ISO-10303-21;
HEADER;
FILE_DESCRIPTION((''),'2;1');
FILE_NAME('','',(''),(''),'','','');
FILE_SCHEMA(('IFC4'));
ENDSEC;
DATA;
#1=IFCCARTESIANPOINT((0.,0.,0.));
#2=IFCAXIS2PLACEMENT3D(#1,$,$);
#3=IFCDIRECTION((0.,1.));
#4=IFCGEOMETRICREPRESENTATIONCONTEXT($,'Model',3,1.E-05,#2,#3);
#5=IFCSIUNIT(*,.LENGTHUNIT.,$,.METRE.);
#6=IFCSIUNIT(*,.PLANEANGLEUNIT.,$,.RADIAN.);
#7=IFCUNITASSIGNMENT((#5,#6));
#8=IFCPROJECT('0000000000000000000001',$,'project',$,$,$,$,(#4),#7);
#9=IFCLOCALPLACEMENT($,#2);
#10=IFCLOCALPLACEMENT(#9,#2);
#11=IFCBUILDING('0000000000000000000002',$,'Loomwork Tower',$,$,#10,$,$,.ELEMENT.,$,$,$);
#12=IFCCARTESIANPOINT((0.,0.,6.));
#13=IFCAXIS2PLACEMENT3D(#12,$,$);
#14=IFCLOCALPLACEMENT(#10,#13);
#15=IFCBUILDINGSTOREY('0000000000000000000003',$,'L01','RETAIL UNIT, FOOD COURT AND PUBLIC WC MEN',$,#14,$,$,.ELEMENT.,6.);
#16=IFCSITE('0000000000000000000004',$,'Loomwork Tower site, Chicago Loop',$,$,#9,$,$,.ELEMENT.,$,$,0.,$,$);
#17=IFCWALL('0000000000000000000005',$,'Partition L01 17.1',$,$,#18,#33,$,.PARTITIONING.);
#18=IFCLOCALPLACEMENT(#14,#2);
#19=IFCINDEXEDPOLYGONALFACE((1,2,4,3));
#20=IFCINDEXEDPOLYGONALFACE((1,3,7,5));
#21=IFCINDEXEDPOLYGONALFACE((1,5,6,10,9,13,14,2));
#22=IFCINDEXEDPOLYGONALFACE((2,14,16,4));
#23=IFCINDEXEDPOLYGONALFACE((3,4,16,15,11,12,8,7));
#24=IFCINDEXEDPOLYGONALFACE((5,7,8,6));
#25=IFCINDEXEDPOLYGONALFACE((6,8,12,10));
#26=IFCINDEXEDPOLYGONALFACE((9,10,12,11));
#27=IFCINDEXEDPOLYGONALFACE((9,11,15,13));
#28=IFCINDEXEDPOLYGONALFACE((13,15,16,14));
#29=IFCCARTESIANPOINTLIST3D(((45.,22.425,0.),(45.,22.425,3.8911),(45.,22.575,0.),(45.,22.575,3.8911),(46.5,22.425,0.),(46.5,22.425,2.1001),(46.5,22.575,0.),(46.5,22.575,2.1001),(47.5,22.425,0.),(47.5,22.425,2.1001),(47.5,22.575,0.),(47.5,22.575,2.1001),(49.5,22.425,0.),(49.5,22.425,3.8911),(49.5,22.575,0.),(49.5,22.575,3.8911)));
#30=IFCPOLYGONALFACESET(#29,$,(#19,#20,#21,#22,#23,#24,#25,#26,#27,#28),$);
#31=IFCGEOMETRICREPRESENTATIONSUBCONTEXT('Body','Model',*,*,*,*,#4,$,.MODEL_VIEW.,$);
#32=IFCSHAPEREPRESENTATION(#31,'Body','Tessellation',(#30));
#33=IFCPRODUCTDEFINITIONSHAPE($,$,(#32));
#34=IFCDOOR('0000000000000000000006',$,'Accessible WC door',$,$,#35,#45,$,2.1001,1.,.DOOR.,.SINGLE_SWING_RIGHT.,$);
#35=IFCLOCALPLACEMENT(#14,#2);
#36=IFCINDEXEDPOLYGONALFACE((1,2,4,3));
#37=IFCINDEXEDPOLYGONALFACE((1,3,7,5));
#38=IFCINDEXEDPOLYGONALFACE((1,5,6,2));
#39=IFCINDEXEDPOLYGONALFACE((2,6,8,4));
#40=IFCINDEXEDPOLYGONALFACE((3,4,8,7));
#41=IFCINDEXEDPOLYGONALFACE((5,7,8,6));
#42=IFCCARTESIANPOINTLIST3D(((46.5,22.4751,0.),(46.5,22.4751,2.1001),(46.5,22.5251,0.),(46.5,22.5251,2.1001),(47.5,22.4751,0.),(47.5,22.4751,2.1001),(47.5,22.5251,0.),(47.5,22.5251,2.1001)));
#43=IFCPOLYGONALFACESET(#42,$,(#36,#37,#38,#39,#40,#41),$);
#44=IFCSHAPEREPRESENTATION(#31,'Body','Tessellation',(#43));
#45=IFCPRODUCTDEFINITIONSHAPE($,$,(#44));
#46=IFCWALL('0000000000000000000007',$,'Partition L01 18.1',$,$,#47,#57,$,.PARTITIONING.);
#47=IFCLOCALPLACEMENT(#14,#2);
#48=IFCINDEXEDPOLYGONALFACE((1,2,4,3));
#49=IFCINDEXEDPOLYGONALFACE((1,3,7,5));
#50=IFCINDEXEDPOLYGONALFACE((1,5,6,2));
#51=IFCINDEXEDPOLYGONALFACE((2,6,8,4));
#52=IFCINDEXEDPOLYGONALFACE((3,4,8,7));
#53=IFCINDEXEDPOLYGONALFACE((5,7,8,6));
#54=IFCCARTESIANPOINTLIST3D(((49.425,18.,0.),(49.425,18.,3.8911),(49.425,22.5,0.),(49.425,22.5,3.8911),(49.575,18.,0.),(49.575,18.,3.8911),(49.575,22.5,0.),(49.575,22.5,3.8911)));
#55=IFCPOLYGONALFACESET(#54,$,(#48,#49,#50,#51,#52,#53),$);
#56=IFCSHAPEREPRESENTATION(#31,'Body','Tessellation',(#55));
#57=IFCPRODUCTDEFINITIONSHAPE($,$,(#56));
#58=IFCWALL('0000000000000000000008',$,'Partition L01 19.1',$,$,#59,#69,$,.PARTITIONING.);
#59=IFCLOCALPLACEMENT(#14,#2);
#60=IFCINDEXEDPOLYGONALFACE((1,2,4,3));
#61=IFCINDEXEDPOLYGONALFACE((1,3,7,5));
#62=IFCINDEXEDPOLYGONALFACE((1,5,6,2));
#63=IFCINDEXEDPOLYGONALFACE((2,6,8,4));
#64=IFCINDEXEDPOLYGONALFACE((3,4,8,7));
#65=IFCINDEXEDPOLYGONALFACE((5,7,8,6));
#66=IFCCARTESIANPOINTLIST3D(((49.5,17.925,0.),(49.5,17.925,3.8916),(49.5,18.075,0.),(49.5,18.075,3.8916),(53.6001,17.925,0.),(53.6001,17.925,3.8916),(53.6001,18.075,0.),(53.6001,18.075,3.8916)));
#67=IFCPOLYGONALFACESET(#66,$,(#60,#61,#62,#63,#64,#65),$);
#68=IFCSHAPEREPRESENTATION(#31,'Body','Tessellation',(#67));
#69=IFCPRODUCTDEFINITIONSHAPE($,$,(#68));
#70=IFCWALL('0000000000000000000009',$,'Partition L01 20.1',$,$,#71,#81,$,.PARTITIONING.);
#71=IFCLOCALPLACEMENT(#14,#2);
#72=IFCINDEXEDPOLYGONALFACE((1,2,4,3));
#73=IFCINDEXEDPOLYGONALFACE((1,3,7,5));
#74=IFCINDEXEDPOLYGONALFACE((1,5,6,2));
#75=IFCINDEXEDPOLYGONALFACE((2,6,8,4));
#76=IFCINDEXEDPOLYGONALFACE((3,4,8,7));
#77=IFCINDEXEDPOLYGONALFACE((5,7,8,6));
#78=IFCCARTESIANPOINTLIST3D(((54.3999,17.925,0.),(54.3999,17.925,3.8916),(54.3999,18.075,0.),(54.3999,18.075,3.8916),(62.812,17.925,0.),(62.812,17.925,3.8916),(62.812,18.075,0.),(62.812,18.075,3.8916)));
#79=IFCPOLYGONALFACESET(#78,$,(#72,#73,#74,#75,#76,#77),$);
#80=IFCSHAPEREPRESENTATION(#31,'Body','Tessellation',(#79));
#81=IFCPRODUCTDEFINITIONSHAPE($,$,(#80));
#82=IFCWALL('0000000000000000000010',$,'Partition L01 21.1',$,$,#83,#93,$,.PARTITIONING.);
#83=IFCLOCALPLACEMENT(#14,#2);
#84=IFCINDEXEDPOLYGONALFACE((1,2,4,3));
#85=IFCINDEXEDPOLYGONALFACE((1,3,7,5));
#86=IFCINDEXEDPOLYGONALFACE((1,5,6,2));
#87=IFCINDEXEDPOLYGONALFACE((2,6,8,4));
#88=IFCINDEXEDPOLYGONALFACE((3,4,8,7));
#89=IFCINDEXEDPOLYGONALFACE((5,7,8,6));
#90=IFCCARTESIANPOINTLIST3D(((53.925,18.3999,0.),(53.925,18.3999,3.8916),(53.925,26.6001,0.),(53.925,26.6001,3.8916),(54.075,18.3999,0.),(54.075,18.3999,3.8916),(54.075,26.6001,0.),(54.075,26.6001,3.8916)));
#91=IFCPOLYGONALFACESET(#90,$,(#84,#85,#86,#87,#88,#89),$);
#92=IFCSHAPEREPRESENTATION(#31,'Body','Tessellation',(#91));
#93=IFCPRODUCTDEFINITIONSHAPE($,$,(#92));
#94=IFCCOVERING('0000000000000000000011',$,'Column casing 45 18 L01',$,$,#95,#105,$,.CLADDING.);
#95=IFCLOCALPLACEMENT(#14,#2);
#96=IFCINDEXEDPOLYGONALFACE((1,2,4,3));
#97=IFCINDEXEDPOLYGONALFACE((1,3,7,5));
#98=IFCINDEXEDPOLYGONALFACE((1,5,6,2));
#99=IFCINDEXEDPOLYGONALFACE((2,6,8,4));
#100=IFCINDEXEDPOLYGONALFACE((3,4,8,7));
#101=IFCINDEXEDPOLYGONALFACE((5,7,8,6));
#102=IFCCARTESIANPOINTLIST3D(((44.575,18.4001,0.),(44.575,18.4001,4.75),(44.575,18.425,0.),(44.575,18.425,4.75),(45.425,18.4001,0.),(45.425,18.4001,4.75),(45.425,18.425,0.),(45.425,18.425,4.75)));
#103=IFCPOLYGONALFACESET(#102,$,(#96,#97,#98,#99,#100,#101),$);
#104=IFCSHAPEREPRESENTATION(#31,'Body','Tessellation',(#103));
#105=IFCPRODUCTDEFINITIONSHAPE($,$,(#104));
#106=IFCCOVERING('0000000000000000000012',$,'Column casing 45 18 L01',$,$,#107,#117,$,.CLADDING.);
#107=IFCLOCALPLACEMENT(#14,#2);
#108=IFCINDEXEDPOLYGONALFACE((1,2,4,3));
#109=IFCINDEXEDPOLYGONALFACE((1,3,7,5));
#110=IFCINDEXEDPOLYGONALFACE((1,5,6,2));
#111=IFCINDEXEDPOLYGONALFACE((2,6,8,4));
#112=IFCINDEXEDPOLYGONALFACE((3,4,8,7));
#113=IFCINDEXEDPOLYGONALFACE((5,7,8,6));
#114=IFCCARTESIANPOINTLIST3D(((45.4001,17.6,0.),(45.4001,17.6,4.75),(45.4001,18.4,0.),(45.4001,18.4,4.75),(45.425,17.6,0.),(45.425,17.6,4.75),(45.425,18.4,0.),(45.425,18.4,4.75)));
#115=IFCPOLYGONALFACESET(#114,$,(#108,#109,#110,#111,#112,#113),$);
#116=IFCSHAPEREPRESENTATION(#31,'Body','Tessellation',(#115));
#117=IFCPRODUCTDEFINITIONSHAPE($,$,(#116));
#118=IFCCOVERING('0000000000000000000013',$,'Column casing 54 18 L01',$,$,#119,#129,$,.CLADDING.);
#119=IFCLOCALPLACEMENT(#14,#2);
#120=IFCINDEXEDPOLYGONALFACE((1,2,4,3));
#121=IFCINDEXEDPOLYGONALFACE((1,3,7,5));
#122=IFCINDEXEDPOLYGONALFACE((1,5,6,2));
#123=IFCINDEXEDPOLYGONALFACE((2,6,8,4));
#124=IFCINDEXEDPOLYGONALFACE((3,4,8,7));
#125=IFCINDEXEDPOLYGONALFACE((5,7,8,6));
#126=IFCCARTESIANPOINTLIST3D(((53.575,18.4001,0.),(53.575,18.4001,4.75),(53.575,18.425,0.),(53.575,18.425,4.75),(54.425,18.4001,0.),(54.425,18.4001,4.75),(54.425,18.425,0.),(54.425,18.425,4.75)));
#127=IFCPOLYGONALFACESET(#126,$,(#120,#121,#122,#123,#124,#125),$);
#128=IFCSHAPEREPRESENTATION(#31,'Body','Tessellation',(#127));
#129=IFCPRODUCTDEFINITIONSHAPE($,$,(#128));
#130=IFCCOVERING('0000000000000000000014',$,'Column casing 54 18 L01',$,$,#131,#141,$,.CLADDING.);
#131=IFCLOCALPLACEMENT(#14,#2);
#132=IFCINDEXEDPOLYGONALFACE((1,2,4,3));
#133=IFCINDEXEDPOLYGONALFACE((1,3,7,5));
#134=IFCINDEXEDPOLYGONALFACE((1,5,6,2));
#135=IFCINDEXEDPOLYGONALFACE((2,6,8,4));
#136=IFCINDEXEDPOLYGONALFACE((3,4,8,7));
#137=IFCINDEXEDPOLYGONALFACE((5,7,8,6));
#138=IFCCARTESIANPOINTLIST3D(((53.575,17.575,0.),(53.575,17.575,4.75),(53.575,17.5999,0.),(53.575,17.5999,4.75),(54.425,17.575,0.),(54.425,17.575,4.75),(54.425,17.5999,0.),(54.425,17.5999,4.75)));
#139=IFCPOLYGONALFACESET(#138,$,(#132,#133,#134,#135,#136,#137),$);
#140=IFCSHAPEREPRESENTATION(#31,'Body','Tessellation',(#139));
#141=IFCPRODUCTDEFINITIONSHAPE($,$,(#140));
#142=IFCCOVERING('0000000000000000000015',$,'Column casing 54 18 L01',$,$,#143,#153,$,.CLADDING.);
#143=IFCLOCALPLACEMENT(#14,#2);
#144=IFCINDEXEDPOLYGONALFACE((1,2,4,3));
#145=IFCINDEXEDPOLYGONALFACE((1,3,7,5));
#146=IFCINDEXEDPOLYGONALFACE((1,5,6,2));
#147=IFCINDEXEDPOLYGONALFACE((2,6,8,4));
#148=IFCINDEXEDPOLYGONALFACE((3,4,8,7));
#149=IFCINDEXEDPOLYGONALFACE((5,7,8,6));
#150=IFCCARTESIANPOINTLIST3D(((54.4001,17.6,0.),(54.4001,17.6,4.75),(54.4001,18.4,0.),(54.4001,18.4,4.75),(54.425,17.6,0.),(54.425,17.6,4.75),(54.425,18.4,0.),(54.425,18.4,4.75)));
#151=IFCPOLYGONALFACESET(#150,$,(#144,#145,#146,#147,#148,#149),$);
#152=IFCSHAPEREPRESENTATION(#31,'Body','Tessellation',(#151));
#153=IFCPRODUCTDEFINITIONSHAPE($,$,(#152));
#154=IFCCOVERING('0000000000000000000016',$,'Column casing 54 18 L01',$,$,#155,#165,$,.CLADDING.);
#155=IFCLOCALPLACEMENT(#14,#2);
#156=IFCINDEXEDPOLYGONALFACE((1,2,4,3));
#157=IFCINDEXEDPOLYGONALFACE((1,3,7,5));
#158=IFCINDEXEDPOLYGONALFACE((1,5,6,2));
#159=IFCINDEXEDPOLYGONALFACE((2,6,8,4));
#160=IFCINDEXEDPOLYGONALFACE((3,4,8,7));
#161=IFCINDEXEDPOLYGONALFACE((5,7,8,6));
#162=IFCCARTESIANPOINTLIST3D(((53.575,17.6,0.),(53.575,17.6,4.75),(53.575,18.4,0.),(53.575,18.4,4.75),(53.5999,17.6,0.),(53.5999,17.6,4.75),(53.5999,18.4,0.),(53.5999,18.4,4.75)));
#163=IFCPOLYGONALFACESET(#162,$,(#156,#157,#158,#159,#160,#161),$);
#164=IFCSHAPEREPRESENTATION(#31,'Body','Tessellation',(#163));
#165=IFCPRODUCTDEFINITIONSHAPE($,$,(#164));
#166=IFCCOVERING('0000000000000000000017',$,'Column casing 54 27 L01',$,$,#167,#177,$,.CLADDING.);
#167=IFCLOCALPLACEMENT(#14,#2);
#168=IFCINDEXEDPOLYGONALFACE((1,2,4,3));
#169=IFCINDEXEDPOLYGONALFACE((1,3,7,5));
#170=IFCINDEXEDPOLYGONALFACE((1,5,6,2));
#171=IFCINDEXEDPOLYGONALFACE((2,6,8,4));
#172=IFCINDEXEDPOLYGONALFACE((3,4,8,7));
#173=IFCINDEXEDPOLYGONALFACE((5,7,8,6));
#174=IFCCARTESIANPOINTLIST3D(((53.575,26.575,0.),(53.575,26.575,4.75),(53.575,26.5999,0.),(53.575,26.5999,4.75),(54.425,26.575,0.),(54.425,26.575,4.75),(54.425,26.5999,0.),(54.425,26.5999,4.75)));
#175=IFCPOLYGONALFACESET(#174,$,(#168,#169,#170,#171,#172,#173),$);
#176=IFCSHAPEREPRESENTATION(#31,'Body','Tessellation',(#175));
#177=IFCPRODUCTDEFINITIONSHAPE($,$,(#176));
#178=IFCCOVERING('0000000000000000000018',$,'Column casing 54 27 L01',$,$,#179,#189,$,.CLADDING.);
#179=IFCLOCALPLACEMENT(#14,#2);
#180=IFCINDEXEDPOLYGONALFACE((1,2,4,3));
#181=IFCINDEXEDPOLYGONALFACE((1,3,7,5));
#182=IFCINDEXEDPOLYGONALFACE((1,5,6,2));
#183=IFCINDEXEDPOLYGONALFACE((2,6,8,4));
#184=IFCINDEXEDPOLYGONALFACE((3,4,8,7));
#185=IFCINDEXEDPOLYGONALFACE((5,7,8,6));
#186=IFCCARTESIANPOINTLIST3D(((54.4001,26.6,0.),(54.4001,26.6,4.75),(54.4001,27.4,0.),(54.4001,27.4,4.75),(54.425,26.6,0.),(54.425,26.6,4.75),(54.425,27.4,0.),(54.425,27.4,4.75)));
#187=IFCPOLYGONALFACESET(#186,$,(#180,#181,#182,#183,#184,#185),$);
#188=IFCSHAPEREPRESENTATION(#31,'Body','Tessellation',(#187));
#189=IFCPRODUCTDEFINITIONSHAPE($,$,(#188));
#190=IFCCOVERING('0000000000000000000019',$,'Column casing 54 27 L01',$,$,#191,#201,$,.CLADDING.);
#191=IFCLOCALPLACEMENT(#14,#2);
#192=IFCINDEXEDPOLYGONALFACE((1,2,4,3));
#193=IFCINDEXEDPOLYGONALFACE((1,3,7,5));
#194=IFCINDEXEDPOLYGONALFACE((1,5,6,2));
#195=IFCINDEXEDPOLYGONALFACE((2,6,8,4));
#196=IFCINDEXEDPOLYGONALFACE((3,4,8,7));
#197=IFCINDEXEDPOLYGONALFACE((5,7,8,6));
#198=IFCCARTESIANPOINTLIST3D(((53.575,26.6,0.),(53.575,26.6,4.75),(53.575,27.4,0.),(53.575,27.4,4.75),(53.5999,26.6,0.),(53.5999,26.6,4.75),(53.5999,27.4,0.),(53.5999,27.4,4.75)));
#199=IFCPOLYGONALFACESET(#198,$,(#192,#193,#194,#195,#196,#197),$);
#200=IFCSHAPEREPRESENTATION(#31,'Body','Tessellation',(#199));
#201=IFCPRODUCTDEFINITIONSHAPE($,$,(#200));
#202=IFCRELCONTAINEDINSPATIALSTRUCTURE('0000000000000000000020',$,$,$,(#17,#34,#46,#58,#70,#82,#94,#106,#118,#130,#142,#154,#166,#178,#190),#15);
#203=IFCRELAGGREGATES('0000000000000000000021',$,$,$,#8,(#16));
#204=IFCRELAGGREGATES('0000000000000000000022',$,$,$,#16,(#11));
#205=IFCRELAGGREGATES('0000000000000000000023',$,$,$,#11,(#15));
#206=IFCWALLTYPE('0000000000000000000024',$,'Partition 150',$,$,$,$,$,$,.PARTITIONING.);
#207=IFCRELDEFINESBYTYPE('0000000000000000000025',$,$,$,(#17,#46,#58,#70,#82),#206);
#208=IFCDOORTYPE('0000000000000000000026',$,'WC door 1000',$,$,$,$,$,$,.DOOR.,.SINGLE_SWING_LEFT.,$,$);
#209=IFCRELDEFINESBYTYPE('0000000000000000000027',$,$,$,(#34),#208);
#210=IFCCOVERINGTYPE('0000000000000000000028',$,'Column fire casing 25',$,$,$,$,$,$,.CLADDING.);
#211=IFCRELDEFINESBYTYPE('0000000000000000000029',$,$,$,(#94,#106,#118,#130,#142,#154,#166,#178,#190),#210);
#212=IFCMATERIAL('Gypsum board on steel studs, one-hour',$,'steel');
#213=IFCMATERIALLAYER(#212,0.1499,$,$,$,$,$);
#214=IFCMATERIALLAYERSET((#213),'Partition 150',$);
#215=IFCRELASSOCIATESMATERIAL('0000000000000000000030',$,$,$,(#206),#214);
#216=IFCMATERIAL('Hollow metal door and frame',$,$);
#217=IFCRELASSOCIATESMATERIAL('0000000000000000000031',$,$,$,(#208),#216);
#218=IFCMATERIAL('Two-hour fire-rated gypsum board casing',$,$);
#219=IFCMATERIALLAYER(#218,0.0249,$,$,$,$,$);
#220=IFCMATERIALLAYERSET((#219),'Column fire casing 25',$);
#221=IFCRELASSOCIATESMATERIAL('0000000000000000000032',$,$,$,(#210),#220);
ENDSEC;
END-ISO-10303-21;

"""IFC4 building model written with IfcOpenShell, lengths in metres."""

from ifc_helpers import new_model, si_unit, direction, frame, frame_2d, origin, origin_2d, place, context, subcontext, project, spatial, rectangle, extrude, material, layer, layer_set, type_object, element, fill, save


model = new_model("IFC4")

# Units and contexts
model_context = context("Model", 3, precision=1e-05, world=origin(), true_north=direction((0.0, 1.0)))
body_context = subcontext(model_context, "Body", "Model", "MODEL_VIEW")
ifc_project = project(units=[si_unit("LENGTHUNIT", "METRE"), si_unit("PLANEANGLEUNIT", "RADIAN")], contexts=[model_context])

# Site, building, storey
site_placement = place(None, origin())
site = spatial("IfcSite", under=ifc_project, at=site_placement, Name="Loomwork Tower site, Chicago Loop", CompositionType="ELEMENT", RefElevation=0.0)
building_placement = place(site_placement, origin())
building = spatial("IfcBuilding", under=site, at=building_placement, Name="Loomwork Tower", CompositionType="ELEMENT")
storey_placement = place(building_placement, frame((0.0, 0.0, 6.0)))
storey = spatial("IfcBuildingStorey", under=building, at=storey_placement, Name="L01", Description="RETAIL UNIT, FOOD COURT AND PUBLIC WC MEN", CompositionType="ELEMENT", Elevation=6.0)

# Shared definitions
ifc_material_1 = material(Name="Gypsum board on steel studs, one-hour", Category="steel")
ifc_layer_1 = layer(ifc_material_1, 0.1499)
ifc_layer_set_1 = layer_set([ifc_layer_1], Name="Partition 150")
wall_type = type_object("IfcWallType", Name="Partition 150", PredefinedType="PARTITIONING", material=ifc_layer_set_1)

# Wall, opening, door
wall_1_placement = place(storey_placement, frame((45.0, 22.5, 0.0), z_axis=(0.0, 0.0, 1.0), x_axis=(1.0, 0.0, 0.0)))
wall_1 = element("IfcWall", 1, at=wall_1_placement, inside=storey, type_object=wall_type, Name="Partition L01 17.1", PredefinedType="PARTITIONING", context=body_context, shape_type="SweptSolid", body=[
    extrude(rectangle(XDim=4.5, YDim=0.1499, at=frame_2d((2.25, 0.0))), origin(), (0.0, 0.0, 1.0), 3.8911),
])
opening_placement = place(wall_1_placement, frame((1.5, 0.0, 0.0)))
opening = element("IfcOpeningElement", 2, at=opening_placement, cuts=wall_1, PredefinedType="OPENING", context=body_context, shape_type="SweptSolid", body=[
    extrude(rectangle(XDim=1.0, YDim=2.1001, at=frame_2d((0.5, 1.05))), frame((0.0, 0.085, 0.0), z_axis=(0.0, -1.0, 0.0), x_axis=(1.0, 0.0, 0.0)), (0.0, 0.0, 1.0), 0.1699),
])
ifc_material_2 = material(Name="Hollow metal door and frame")
door_type = type_object("IfcDoorType", Name="WC door 1000", OperationType="SINGLE_SWING_LEFT", PredefinedType="DOOR", material=ifc_material_2)
door_placement = place(opening_placement, frame((1.0, 0.0, 0.0), z_axis=(0.0, 0.0, 1.0), x_axis=(-1.0, 0.0, 0.0)))
door = element("IfcDoor", 3, at=door_placement, inside=storey, type_object=door_type, Name="Accessible WC door", OperationType="SINGLE_SWING_RIGHT", OverallHeight=2.1001, OverallWidth=1.0, PredefinedType="DOOR", context=body_context, shape_type="SweptSolid", body=[
    extrude(rectangle(XDim=1.0, YDim=2.1001, at=frame_2d((0.5, 1.05))), frame((0.0, 0.0249, 0.0), z_axis=(0.0, -1.0, 0.0), x_axis=(1.0, 0.0, 0.0)), (0.0, 0.0, 1.0), 0.05),
])
fill(opening, door)

# Walls
wall_2_placement = place(storey_placement, frame((49.5, 22.5, 0.0), z_axis=(0.0, 0.0, 1.0), x_axis=(0.0, -1.0, 0.0)))
element("IfcWall", 4, at=wall_2_placement, inside=storey, type_object=wall_type, Name="Partition L01 18.1", PredefinedType="PARTITIONING", context=body_context, shape_type="SweptSolid", body=[
    extrude(rectangle(XDim=4.5, YDim=0.1499, at=frame_2d((2.25, 0.0))), origin(), (0.0, 0.0, 1.0), 3.8911),
])
wall_3_placement = place(storey_placement, frame((49.5, 18.0, 0.0), z_axis=(0.0, 0.0, 1.0), x_axis=(1.0, 0.0, 0.0)))
element("IfcWall", 5, at=wall_3_placement, inside=storey, type_object=wall_type, Name="Partition L01 19.1", PredefinedType="PARTITIONING", context=body_context, shape_type="SweptSolid", body=[
    extrude(rectangle(XDim=4.1001, YDim=0.1499, at=frame_2d((2.05, 0.0))), origin(), (0.0, 0.0, 1.0), 3.8916),
])
wall_4_placement = place(storey_placement, frame((54.3999, 18.0, 0.0), z_axis=(0.0, 0.0, 1.0), x_axis=(1.0, 0.0, 0.0)))
element("IfcWall", 6, at=wall_4_placement, inside=storey, type_object=wall_type, Name="Partition L01 20.1", PredefinedType="PARTITIONING", context=body_context, shape_type="SweptSolid", body=[
    extrude(rectangle(XDim=8.4121, YDim=0.1499, at=frame_2d((4.2061, 0.0))), origin(), (0.0, 0.0, 1.0), 3.8916),
])
wall_5_placement = place(storey_placement, frame((54.0, 18.3999, 0.0), z_axis=(0.0, 0.0, 1.0), x_axis=(0.0, 1.0, 0.0)))
element("IfcWall", 7, at=wall_5_placement, inside=storey, type_object=wall_type, Name="Partition L01 21.1", PredefinedType="PARTITIONING", context=body_context, shape_type="SweptSolid", body=[
    extrude(rectangle(XDim=8.2002, YDim=0.1499, at=frame_2d((4.1001, 0.0))), origin(), (0.0, 0.0, 1.0), 3.8916),
])

# Coverings
ifc_material_3 = material(Name="Two-hour fire-rated gypsum board casing")
ifc_layer_2 = layer(ifc_material_3, 0.0249)
ifc_layer_set_2 = layer_set([ifc_layer_2], Name="Column fire casing 25")
covering_type = type_object("IfcCoveringType", Name="Column fire casing 25", PredefinedType="CLADDING", material=ifc_layer_set_2)
covering_1_placement = place(storey_placement, frame((45.0, 18.4126, 0.0), z_axis=(0.0, 0.0, 1.0), x_axis=(1.0, 0.0, 0.0)))
element("IfcCovering", 8, at=covering_1_placement, inside=storey, type_object=covering_type, Name="Column casing 45 18 L01", PredefinedType="CLADDING", context=body_context, shape_type="SweptSolid", body=[
    extrude(rectangle(XDim=0.8501, YDim=0.0249, at=origin_2d()), origin(), (0.0, 0.0, 1.0), 4.75),
])
covering_2_placement = place(storey_placement, frame((45.4126, 18.0, 0.0), z_axis=(0.0, 0.0, 1.0), x_axis=(1.0, 0.0, 0.0)))
element("IfcCovering", 9, at=covering_2_placement, inside=storey, type_object=covering_type, Name="Column casing 45 18 L01", PredefinedType="CLADDING", context=body_context, shape_type="SweptSolid", body=[
    extrude(rectangle(XDim=0.0249, YDim=0.8, at=origin_2d()), origin(), (0.0, 0.0, 1.0), 4.75),
])
for number, where, z_axis, x_axis, name in (
    (10, (54.0, 18.4126, 0.0), (0.0, 0.0, 1.0), (1.0, 0.0, 0.0), "Column casing 54 18 L01"),
    (11, (54.0, 17.5874, 0.0), (0.0, 0.0, 1.0), (1.0, 0.0, 0.0), "Column casing 54 18 L01"),
):
    element("IfcCovering", number, at=place(storey_placement, frame(where, z_axis=z_axis, x_axis=x_axis)), inside=storey, type_object=covering_type, Name=name, PredefinedType="CLADDING", context=body_context, shape_type="SweptSolid", body=[
        extrude(rectangle(XDim=0.8501, YDim=0.0249, at=origin_2d()), origin(), (0.0, 0.0, 1.0), 4.75),
    ])
for number, where, z_axis, x_axis, name in (
    (12, (54.4126, 18.0, 0.0), (0.0, 0.0, 1.0), (1.0, 0.0, 0.0), "Column casing 54 18 L01"),
    (13, (53.5874, 18.0, 0.0), (0.0, 0.0, 1.0), (1.0, 0.0, 0.0), "Column casing 54 18 L01"),
):
    element("IfcCovering", number, at=place(storey_placement, frame(where, z_axis=z_axis, x_axis=x_axis)), inside=storey, type_object=covering_type, Name=name, PredefinedType="CLADDING", context=body_context, shape_type="SweptSolid", body=[
        extrude(rectangle(XDim=0.0249, YDim=0.8, at=origin_2d()), origin(), (0.0, 0.0, 1.0), 4.75),
    ])
covering_3_placement = place(storey_placement, frame((54.0, 26.5874, 0.0), z_axis=(0.0, 0.0, 1.0), x_axis=(1.0, 0.0, 0.0)))
element("IfcCovering", 14, at=covering_3_placement, inside=storey, type_object=covering_type, Name="Column casing 54 27 L01", PredefinedType="CLADDING", context=body_context, shape_type="SweptSolid", body=[
    extrude(rectangle(XDim=0.8501, YDim=0.0249, at=origin_2d()), origin(), (0.0, 0.0, 1.0), 4.75),
])
for number, where, z_axis, x_axis, name in (
    (15, (54.4126, 27.0, 0.0), (0.0, 0.0, 1.0), (1.0, 0.0, 0.0), "Column casing 54 27 L01"),
    (16, (53.5874, 27.0, 0.0), (0.0, 0.0, 1.0), (1.0, 0.0, 0.0), "Column casing 54 27 L01"),
):
    element("IfcCovering", number, at=place(storey_placement, frame(where, z_axis=z_axis, x_axis=x_axis)), inside=storey, type_object=covering_type, Name=name, PredefinedType="CLADDING", context=body_context, shape_type="SweptSolid", body=[
        extrude(rectangle(XDim=0.0249, YDim=0.8, at=origin_2d()), origin(), (0.0, 0.0, 1.0), 4.75),
    ])

save(model, "model.ifc")
